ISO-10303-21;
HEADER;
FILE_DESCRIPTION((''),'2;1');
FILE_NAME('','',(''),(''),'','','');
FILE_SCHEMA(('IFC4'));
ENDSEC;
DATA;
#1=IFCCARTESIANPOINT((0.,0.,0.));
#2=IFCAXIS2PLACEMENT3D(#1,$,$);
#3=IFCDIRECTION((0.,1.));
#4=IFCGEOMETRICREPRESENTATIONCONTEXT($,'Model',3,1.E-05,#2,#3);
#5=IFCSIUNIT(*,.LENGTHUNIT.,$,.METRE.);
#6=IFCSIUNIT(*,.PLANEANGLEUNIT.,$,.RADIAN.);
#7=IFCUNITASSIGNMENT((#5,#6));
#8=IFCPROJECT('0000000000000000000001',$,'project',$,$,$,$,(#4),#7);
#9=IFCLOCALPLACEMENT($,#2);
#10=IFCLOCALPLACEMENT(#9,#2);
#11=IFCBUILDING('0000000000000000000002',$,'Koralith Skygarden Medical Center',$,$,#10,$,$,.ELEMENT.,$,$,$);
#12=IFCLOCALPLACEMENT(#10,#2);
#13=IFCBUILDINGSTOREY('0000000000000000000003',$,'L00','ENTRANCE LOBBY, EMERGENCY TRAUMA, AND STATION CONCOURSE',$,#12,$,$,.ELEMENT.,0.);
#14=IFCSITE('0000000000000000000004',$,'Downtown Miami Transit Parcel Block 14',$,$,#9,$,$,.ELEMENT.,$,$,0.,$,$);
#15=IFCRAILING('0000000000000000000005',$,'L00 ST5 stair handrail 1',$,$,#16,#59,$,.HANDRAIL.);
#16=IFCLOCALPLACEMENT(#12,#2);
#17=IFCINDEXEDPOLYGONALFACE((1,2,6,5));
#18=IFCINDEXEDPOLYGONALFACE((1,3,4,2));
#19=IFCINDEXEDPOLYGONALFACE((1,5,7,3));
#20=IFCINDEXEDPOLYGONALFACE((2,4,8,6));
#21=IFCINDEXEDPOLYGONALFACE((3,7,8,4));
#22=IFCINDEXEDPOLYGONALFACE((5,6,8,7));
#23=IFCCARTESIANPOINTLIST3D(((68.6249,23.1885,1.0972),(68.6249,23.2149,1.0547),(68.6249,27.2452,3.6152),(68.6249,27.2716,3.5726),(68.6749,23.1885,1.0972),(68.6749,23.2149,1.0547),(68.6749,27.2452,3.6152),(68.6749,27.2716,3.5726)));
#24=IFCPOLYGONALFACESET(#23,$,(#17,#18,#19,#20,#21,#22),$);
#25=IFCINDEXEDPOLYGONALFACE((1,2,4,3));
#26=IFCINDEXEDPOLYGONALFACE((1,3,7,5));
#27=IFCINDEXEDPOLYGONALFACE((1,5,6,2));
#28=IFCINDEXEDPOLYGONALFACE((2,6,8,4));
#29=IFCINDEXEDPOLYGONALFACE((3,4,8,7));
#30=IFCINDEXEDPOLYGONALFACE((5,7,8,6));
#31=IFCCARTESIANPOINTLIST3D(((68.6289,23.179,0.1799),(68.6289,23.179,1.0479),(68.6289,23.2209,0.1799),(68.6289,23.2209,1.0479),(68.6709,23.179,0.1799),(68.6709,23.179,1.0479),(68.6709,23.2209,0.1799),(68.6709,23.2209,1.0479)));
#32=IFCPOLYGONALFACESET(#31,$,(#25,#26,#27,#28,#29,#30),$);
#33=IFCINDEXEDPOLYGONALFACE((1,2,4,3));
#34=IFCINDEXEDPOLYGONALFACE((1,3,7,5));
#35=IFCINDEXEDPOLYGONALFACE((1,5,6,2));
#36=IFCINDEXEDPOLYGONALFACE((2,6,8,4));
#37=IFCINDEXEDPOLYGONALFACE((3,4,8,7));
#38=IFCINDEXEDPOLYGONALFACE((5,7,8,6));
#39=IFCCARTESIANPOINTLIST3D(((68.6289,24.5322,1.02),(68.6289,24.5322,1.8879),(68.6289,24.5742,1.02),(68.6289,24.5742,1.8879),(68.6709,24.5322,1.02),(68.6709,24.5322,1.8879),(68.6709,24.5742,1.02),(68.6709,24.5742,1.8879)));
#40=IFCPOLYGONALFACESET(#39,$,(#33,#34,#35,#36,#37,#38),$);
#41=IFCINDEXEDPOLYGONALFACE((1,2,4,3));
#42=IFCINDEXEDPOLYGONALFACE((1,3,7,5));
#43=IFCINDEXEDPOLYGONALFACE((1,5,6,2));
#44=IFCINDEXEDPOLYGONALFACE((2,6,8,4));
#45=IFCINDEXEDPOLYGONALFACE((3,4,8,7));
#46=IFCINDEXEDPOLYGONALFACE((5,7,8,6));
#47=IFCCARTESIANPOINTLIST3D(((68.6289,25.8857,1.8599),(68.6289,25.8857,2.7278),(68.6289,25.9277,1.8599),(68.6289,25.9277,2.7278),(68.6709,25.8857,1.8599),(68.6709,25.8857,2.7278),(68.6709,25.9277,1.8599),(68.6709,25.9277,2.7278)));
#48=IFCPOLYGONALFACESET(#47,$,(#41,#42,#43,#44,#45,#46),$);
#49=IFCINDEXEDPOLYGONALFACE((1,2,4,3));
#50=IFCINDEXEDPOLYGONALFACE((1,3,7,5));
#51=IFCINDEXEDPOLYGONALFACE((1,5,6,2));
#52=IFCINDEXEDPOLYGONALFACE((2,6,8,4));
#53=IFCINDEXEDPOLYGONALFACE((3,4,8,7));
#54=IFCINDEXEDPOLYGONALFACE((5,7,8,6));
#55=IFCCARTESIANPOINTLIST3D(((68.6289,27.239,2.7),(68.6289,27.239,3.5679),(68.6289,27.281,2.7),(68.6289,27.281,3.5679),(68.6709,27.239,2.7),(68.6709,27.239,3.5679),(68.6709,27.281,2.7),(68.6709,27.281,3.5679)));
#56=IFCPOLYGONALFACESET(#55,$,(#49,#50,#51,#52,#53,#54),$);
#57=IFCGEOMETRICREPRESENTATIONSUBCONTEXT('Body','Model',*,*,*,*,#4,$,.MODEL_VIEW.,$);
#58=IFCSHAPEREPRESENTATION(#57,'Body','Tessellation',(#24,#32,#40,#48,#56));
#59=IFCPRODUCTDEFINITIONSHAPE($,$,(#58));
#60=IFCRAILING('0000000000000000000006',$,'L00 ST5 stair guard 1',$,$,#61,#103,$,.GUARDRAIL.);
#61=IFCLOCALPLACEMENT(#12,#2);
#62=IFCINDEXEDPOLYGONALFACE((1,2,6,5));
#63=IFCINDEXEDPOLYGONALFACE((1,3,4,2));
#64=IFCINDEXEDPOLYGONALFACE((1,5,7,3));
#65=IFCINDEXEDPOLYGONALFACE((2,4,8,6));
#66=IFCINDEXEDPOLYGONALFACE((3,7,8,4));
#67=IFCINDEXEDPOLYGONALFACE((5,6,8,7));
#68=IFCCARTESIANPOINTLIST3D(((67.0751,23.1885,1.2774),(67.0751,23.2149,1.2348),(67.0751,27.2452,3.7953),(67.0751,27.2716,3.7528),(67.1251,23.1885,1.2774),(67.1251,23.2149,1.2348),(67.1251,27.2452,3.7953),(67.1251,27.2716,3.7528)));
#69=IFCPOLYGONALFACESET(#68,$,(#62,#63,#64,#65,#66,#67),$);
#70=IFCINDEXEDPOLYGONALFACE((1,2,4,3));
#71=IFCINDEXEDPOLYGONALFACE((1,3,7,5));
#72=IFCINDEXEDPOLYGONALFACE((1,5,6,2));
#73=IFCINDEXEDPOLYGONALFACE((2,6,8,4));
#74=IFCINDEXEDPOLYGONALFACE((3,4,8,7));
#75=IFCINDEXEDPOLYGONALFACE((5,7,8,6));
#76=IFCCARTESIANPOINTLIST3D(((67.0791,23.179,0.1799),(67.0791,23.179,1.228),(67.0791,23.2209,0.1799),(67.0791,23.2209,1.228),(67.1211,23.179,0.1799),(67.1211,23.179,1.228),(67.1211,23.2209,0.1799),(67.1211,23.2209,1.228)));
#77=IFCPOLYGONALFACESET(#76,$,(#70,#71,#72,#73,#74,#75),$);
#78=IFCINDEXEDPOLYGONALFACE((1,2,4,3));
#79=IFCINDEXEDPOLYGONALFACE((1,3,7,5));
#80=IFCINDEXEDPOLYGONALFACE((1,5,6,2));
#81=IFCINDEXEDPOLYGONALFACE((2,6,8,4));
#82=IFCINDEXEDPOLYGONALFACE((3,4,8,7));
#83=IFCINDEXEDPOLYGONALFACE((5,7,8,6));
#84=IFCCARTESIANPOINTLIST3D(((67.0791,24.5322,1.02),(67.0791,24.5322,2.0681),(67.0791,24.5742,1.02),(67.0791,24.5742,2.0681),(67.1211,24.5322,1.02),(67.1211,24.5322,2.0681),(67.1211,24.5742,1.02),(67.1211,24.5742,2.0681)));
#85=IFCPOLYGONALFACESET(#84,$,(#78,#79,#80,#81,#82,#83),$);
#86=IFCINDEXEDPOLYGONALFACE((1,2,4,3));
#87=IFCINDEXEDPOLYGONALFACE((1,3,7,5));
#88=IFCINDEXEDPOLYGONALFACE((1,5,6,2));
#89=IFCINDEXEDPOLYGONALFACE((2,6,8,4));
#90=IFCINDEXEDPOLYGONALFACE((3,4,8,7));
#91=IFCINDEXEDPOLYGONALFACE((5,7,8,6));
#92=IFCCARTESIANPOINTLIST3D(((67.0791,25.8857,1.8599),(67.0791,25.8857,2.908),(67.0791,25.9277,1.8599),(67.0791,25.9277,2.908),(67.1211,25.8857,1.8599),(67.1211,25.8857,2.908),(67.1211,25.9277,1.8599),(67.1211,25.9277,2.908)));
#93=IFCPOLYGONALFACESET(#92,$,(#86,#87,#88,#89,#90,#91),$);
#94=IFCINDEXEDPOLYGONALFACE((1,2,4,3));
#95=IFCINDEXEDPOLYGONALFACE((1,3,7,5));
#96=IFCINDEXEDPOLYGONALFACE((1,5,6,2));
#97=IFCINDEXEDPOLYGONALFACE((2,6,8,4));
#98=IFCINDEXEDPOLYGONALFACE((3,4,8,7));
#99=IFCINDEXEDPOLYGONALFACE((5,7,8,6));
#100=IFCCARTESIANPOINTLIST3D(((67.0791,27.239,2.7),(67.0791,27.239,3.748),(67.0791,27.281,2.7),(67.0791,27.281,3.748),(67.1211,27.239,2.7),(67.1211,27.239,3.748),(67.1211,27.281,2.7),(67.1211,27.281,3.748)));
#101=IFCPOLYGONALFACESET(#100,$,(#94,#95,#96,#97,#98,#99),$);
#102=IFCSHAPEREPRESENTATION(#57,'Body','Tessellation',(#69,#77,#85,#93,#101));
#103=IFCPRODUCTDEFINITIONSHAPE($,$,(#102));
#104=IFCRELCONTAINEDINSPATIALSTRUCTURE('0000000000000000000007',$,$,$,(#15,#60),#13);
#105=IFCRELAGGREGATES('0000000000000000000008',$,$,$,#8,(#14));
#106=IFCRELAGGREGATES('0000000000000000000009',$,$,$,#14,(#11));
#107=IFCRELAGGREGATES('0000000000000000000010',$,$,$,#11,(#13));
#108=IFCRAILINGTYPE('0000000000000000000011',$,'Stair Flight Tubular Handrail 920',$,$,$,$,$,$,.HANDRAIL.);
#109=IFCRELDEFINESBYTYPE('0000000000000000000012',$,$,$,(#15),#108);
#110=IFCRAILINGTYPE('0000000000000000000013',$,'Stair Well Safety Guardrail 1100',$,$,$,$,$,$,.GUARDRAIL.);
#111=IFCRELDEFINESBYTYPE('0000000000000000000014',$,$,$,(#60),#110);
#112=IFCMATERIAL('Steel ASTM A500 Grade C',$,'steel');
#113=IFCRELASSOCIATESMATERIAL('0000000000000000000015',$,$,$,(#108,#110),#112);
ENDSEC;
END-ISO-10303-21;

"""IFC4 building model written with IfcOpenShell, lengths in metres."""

from ifc_helpers import new_model, si_unit, direction, frame, origin, origin_2d, place, context, subcontext, project, spatial, rectangle, extrude, material, type_object, element, save


model = new_model("IFC4")

# Units and contexts
model_context = context("Model", 3, precision=1e-05, world=origin(), true_north=direction((0.0, 1.0)))
body_context = subcontext(model_context, "Body", "Model", "MODEL_VIEW")
ifc_project = project(units=[si_unit("LENGTHUNIT", "METRE"), si_unit("PLANEANGLEUNIT", "RADIAN")], contexts=[model_context])

# Site, building, storey
site_placement = place(None, origin())
site = spatial("IfcSite", under=ifc_project, at=site_placement, Name="Downtown Miami Transit Parcel Block 14", CompositionType="ELEMENT", RefElevation=0.0)
building_placement = place(site_placement, origin())
building = spatial("IfcBuilding", under=site, at=building_placement, Name="Koralith Skygarden Medical Center", CompositionType="ELEMENT")
storey_placement = place(building_placement, origin())
storey = spatial("IfcBuildingStorey", under=building, at=storey_placement, Name="L00", Description="ENTRANCE LOBBY, EMERGENCY TRAUMA, AND STATION CONCOURSE", CompositionType="ELEMENT", Elevation=0.0)

# Shared definitions
ifc_material_1 = material(Name="Steel ASTM A500 Grade C", Category="steel")

# Railings
railing_type_1 = type_object("IfcRailingType", Name="Stair Flight Tubular Handrail 920", PredefinedType="HANDRAIL", material=ifc_material_1)
railing_1_placement = place(storey_placement, frame((68.6499, 23.2, 0.1799)))
element("IfcRailing", 1, at=railing_1_placement, inside=storey, type_object=railing_type_1, Name="L00 ST5 stair handrail 1", PredefinedType="HANDRAIL", context=body_context, shape_type="SweptSolid", body=[
    extrude(rectangle(XDim=0.05, YDim=0.05, at=origin_2d()), frame((0.0, 0.0017, 0.896), z_axis=(0.0, 0.849642, 0.52736), x_axis=(-1.0, 0.0, 0.0)), (0.0, 0.0, 1.0), 4.7747),
    extrude(rectangle(XDim=0.042, YDim=0.042, at=origin_2d()), origin(), (0.0, 0.0, 1.0), 0.8679),
    extrude(rectangle(XDim=0.042, YDim=0.042, at=origin_2d()), frame((0.0, 1.3533, 0.8401)), (0.0, 0.0, 1.0), 0.8679),
    extrude(rectangle(XDim=0.042, YDim=0.042, at=origin_2d()), frame((0.0, 2.7068, 1.6799)), (0.0, 0.0, 1.0), 0.8679),
    extrude(rectangle(XDim=0.042, YDim=0.042, at=origin_2d()), frame((0.0, 4.0601, 2.52)), (0.0, 0.0, 1.0), 0.8679),
])
railing_type_2 = type_object("IfcRailingType", Name="Stair Well Safety Guardrail 1100", PredefinedType="GUARDRAIL", material=ifc_material_1)
railing_2_placement = place(storey_placement, frame((67.1001, 23.2, 0.1799)))
element("IfcRailing", 2, at=railing_2_placement, inside=storey, type_object=railing_type_2, Name="L00 ST5 stair guard 1", PredefinedType="GUARDRAIL", context=body_context, shape_type="SweptSolid", body=[
    extrude(rectangle(XDim=0.05, YDim=0.05, at=origin_2d()), frame((0.0, 0.0017, 1.0762), z_axis=(0.0, 0.849642, 0.52736), x_axis=(-1.0, 0.0, 0.0)), (0.0, 0.0, 1.0), 4.7747),
    extrude(rectangle(XDim=0.042, YDim=0.042, at=origin_2d()), origin(), (0.0, 0.0, 1.0), 1.0481),
    extrude(rectangle(XDim=0.042, YDim=0.042, at=origin_2d()), frame((0.0, 1.3533, 0.8401)), (0.0, 0.0, 1.0), 1.0481),
    extrude(rectangle(XDim=0.042, YDim=0.042, at=origin_2d()), frame((0.0, 2.7068, 1.6799)), (0.0, 0.0, 1.0), 1.0481),
    extrude(rectangle(XDim=0.042, YDim=0.042, at=origin_2d()), frame((0.0, 4.0601, 2.52)), (0.0, 0.0, 1.0), 1.0481),
])

save(model, "model.ifc")
